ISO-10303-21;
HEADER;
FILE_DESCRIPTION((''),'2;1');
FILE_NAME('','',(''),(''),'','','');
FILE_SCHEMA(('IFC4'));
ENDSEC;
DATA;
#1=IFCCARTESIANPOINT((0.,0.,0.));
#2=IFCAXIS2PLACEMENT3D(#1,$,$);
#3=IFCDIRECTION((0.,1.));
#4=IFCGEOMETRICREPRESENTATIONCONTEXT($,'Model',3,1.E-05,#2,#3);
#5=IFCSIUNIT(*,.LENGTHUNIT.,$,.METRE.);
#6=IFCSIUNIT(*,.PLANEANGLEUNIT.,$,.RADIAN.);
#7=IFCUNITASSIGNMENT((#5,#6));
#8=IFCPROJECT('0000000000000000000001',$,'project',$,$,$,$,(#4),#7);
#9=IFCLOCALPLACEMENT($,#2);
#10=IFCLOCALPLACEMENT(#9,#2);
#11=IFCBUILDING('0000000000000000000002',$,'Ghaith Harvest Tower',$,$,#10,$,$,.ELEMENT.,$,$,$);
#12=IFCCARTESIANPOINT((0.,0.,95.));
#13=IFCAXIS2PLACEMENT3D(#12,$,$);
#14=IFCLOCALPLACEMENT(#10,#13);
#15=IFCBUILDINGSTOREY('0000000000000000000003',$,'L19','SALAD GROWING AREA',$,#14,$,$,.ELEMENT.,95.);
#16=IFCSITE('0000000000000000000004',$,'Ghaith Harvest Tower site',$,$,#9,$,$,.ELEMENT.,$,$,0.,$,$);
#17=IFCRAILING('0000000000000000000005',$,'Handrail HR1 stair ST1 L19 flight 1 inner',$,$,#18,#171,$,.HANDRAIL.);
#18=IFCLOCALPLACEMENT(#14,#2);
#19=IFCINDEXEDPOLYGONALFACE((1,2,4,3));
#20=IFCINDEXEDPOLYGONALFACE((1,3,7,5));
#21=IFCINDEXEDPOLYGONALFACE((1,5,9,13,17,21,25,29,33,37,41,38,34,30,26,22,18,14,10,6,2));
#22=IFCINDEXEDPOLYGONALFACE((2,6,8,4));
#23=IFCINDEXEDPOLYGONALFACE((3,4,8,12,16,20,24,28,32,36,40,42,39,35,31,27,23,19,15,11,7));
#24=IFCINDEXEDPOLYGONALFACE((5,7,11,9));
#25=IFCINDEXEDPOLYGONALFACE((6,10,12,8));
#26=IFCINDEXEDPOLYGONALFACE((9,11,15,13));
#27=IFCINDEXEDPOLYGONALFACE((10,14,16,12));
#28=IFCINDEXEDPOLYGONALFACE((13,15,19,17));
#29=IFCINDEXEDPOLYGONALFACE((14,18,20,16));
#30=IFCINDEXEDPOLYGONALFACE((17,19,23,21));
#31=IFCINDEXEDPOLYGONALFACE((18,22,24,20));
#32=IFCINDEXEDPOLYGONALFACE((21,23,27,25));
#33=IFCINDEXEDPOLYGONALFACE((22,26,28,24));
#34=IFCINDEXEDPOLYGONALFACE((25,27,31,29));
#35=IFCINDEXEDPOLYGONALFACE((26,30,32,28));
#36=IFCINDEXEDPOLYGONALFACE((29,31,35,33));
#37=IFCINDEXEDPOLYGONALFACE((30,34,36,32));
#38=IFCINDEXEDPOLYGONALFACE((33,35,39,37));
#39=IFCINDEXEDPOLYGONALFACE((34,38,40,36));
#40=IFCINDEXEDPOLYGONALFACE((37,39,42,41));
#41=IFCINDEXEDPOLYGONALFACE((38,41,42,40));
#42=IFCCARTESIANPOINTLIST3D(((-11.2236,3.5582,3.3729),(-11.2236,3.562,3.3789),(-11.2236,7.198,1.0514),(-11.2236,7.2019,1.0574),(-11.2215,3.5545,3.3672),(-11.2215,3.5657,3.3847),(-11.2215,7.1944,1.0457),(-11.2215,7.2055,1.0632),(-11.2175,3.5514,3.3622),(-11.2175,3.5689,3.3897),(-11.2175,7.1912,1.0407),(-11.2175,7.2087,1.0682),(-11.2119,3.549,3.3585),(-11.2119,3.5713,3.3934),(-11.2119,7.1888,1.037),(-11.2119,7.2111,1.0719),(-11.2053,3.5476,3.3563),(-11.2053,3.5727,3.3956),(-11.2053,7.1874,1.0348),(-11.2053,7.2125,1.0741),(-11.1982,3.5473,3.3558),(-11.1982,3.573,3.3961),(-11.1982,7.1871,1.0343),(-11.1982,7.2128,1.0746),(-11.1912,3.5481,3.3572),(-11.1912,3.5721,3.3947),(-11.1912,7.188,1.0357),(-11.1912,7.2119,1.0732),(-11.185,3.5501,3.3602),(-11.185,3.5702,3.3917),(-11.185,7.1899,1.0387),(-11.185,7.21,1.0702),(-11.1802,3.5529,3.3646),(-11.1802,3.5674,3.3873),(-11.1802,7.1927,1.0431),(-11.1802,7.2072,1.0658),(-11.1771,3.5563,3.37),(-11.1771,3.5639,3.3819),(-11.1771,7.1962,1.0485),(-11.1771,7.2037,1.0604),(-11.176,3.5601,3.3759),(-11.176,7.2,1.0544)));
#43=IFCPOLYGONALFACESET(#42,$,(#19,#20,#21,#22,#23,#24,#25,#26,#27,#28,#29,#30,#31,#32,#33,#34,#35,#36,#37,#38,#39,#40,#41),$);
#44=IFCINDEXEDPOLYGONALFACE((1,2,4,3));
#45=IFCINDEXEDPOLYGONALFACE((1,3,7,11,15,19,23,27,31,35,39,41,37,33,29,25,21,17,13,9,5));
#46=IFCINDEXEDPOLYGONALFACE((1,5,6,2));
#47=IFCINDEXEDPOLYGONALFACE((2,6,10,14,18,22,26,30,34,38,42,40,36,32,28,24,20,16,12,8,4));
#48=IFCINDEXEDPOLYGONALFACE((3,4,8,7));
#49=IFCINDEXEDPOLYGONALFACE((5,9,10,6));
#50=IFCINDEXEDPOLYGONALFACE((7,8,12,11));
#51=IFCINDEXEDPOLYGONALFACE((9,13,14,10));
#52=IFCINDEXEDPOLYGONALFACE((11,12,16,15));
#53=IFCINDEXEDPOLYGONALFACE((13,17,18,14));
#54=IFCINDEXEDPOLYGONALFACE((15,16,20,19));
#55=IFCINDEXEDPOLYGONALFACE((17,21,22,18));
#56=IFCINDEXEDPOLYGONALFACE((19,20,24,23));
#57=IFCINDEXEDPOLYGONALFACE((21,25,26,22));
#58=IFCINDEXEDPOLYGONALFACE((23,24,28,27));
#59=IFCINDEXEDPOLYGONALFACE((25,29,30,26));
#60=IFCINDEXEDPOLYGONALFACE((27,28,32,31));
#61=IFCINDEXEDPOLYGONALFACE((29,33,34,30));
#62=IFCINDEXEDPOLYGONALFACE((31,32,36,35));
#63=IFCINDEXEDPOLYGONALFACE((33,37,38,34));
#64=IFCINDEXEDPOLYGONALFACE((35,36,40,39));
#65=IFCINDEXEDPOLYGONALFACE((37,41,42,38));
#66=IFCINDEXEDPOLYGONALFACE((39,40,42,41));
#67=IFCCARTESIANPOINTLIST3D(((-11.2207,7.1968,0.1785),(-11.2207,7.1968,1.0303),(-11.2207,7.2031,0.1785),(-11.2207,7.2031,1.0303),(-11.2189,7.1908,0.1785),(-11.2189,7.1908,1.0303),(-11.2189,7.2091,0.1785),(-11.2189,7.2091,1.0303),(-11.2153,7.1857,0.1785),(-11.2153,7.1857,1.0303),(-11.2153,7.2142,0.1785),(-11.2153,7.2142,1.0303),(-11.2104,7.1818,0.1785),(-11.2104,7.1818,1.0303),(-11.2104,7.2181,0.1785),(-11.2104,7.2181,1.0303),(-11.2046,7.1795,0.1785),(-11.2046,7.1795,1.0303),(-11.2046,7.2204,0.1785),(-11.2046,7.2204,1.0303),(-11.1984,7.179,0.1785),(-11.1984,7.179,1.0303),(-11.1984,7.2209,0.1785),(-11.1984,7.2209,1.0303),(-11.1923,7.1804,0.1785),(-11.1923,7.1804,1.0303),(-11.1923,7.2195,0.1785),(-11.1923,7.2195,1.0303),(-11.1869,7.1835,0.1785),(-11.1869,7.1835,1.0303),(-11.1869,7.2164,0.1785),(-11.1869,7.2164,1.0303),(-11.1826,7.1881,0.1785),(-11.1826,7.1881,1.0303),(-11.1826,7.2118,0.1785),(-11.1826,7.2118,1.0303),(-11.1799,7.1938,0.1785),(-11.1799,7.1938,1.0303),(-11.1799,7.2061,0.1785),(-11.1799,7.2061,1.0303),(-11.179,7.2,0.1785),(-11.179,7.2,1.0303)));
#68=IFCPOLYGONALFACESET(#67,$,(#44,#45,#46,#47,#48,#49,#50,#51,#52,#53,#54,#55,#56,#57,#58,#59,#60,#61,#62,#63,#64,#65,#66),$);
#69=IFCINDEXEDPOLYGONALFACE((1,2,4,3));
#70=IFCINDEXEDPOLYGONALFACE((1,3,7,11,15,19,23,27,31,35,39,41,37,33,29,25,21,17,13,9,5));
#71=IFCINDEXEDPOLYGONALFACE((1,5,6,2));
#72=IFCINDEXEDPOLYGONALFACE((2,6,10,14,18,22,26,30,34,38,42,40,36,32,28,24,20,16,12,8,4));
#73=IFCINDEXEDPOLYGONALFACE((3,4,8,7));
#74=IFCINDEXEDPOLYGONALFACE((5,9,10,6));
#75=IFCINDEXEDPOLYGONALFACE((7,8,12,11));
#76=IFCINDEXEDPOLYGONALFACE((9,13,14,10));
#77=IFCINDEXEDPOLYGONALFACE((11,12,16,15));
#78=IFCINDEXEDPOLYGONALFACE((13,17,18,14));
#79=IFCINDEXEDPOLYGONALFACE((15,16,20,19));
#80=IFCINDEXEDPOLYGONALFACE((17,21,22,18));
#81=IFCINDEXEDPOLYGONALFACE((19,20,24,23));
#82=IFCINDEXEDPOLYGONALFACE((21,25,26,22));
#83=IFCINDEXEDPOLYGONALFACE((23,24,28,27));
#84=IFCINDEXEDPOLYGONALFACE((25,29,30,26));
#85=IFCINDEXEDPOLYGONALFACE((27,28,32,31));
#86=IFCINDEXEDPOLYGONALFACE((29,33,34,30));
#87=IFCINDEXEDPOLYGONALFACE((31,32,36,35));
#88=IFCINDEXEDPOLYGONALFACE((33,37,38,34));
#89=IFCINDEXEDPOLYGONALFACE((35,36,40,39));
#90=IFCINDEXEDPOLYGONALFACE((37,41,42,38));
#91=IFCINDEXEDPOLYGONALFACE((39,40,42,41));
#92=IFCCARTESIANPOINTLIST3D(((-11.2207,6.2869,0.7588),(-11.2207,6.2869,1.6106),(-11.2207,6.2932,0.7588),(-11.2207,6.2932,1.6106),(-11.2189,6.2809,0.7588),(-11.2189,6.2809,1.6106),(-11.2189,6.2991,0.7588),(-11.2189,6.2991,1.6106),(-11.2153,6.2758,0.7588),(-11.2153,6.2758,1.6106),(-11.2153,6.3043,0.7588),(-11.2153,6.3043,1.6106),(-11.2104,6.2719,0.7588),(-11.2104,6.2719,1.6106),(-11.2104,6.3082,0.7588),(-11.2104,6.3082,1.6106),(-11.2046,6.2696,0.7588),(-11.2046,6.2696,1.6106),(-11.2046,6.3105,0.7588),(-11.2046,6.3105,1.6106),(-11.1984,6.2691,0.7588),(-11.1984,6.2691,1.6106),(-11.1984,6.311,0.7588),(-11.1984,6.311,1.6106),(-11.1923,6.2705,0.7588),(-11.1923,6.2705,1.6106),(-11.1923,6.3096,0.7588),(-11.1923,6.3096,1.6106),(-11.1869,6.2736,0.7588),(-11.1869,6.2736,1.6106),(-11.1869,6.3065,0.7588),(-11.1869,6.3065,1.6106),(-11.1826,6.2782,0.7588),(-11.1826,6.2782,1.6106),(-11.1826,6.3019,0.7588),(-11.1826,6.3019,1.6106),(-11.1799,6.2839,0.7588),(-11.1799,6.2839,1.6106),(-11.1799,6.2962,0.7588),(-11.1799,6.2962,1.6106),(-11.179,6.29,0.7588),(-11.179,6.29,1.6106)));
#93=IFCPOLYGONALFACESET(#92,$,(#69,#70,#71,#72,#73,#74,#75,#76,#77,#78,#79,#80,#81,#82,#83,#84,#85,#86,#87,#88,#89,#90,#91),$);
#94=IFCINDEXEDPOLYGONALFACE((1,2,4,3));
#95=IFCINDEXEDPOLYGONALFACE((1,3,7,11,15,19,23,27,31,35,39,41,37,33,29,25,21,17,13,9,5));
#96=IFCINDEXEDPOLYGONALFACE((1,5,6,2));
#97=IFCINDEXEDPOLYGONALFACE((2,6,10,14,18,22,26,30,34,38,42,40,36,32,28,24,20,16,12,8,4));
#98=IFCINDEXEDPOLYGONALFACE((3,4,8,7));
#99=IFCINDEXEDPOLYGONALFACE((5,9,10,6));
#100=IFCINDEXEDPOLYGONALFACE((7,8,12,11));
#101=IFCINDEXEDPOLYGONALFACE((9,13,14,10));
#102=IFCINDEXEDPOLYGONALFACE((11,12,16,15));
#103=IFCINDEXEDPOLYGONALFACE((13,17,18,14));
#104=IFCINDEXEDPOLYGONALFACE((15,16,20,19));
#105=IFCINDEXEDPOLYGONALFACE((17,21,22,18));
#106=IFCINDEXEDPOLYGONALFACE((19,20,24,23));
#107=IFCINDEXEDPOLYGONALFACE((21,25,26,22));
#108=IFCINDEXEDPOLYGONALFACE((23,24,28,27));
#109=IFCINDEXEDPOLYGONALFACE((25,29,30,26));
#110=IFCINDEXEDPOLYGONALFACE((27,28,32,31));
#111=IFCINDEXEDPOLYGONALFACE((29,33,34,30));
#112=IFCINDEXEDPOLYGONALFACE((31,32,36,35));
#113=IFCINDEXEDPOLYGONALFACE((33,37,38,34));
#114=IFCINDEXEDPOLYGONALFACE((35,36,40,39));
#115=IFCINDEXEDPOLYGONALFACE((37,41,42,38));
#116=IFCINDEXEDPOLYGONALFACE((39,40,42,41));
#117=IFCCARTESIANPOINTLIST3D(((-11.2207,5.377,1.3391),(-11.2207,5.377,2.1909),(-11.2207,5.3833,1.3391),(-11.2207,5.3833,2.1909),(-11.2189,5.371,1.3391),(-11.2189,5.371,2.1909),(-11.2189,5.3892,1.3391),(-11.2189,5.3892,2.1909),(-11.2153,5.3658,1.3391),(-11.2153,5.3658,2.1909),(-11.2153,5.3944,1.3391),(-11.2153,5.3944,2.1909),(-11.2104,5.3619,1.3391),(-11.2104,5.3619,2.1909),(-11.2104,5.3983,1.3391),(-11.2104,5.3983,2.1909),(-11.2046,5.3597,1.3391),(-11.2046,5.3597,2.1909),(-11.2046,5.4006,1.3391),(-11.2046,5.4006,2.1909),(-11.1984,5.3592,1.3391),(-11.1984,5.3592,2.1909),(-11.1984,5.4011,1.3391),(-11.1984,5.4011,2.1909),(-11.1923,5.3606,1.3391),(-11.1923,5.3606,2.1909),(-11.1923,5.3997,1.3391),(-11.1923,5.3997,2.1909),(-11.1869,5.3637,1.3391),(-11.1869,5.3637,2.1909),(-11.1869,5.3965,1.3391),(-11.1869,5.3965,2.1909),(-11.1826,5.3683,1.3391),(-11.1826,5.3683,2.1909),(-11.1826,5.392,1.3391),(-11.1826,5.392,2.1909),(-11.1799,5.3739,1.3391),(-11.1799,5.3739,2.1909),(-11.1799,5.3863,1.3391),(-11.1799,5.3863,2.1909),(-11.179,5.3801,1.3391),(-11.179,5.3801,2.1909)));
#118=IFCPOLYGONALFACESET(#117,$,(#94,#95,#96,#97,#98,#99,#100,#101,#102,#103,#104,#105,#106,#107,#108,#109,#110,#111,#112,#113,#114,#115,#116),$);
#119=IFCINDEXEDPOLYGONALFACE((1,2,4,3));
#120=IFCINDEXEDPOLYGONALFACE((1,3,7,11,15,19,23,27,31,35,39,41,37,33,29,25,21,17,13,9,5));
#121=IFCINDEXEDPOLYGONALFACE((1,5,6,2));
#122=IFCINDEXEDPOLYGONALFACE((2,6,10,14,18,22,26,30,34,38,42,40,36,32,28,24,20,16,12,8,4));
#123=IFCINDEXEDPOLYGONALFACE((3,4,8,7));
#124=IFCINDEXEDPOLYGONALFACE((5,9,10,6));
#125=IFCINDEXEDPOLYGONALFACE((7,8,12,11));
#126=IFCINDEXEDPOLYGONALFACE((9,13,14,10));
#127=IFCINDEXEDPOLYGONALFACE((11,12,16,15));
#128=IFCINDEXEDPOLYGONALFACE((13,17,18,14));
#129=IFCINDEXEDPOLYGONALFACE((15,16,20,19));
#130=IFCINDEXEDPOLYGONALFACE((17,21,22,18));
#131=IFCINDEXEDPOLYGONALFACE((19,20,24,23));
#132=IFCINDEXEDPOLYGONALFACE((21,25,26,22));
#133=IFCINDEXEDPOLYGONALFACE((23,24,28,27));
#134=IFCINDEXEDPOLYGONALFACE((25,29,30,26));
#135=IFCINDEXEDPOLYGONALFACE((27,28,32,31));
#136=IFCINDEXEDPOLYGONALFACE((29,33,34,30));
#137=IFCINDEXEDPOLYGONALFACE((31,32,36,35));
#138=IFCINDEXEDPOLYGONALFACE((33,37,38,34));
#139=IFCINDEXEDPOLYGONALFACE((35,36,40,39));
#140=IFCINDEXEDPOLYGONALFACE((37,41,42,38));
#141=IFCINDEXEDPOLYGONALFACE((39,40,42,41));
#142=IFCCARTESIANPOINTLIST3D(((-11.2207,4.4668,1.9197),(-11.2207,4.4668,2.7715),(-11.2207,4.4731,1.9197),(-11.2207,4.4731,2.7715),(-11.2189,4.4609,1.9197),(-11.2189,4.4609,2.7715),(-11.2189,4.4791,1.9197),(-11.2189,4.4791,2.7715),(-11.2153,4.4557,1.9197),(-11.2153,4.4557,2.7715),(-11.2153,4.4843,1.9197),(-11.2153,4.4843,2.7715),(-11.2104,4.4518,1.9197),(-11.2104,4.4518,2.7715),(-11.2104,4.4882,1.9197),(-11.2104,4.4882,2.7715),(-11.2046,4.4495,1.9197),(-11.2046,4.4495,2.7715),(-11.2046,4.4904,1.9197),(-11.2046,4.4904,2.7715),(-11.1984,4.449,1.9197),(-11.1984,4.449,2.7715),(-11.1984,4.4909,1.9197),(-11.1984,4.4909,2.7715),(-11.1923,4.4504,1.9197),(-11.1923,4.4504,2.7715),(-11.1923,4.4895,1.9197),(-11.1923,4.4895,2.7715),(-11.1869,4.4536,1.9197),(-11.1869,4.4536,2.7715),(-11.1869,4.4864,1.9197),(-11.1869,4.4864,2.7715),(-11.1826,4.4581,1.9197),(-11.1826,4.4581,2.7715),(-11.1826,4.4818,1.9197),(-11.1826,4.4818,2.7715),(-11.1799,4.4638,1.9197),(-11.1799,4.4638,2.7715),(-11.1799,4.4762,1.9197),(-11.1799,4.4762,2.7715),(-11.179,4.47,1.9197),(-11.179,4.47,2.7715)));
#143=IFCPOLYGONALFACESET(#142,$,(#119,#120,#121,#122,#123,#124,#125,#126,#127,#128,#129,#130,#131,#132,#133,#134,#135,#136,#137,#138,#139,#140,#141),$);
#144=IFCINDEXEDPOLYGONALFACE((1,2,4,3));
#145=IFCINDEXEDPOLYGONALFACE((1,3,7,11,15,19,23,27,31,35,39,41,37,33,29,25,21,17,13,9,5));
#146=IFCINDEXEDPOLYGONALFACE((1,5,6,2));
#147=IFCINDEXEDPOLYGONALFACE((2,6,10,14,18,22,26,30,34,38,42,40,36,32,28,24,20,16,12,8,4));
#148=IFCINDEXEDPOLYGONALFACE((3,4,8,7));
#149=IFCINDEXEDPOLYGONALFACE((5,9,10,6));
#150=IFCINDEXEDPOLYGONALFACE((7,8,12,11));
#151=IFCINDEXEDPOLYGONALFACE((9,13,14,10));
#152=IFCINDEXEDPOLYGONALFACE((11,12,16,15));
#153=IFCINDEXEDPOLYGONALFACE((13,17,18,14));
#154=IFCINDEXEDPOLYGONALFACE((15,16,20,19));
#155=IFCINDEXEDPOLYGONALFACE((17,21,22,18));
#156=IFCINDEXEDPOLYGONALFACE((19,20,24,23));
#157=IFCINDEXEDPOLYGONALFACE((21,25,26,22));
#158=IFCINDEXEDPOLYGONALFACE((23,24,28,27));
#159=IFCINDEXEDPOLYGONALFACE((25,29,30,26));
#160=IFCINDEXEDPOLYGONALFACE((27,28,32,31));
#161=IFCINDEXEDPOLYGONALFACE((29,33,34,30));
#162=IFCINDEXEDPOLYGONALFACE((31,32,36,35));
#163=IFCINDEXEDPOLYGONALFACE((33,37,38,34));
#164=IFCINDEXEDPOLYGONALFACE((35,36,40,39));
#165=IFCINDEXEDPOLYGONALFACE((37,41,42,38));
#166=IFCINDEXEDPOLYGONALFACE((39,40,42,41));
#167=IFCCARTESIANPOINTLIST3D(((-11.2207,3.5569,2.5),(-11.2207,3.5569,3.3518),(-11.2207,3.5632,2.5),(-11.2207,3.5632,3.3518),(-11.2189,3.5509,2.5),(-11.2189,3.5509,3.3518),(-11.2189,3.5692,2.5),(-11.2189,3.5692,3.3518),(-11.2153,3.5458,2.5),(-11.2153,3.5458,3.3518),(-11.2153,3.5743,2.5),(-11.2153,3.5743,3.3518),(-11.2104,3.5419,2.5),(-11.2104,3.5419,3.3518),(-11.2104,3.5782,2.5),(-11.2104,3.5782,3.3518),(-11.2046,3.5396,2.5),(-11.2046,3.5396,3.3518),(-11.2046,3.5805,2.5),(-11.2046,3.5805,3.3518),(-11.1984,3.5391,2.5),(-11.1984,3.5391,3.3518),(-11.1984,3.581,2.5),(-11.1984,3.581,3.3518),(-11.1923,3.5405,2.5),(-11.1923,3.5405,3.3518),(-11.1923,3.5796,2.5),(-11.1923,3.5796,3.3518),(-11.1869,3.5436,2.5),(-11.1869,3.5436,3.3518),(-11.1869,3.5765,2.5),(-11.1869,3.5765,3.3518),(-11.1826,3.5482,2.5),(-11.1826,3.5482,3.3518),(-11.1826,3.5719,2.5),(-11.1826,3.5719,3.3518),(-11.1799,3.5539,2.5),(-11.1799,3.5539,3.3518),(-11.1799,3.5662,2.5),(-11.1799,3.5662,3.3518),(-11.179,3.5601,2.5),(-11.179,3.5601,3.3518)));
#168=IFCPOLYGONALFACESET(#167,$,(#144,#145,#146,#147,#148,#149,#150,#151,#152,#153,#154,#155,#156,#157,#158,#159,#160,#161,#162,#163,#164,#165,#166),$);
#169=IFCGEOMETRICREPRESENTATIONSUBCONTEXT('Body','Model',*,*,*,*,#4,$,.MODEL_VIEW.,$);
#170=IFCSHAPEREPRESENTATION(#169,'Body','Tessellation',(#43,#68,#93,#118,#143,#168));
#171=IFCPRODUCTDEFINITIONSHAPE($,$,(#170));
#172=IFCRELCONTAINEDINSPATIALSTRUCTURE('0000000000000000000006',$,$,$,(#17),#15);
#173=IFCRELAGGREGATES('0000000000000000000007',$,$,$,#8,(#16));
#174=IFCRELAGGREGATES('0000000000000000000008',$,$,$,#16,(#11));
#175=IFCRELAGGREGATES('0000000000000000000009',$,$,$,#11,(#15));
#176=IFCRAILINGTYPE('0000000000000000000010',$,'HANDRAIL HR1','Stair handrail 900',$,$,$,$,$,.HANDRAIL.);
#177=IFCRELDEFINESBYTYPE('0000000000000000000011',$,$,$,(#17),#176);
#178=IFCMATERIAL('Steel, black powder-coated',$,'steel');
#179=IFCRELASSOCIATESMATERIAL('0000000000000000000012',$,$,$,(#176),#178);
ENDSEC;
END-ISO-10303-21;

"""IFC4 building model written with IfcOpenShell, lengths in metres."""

from ifc_helpers import new_model, si_unit, direction, frame, origin, origin_2d, place, context, subcontext, project, spatial, circle, extrude, material, type_object, element, save


model = new_model("IFC4")

# Units and contexts
model_context = context("Model", 3, precision=1e-05, world=origin(), true_north=direction((0.0, 1.0)))
body_context = subcontext(model_context, "Body", "Model", "MODEL_VIEW")
ifc_project = project(units=[si_unit("LENGTHUNIT", "METRE"), si_unit("PLANEANGLEUNIT", "RADIAN")], contexts=[model_context])

# Site, building, storey
site_placement = place(None, origin())
site = spatial("IfcSite", under=ifc_project, at=site_placement, Name="Ghaith Harvest Tower site", CompositionType="ELEMENT", RefElevation=0.0)
building_placement = place(site_placement, origin())
building = spatial("IfcBuilding", under=site, at=building_placement, Name="Ghaith Harvest Tower", CompositionType="ELEMENT")
storey_placement = place(building_placement, frame((0.0, 0.0, 95.0)))
storey = spatial("IfcBuildingStorey", under=building, at=storey_placement, Name="L19", Description="SALAD GROWING AREA", CompositionType="ELEMENT", Elevation=95.0)

# Railing
ifc_material_1 = material(Name="Steel, black powder-coated", Category="steel")
railing_type = type_object("IfcRailingType", Name="HANDRAIL HR1", Description="Stair handrail 900", PredefinedType="HANDRAIL", material=ifc_material_1)
railing_1_placement = place(storey_placement, frame((-11.2, 7.2, 0.1785)))
element("IfcRailing", 1, at=railing_1_placement, inside=storey, type_object=railing_type, Name="Handrail HR1 stair ST1 L19 flight 1 inner", PredefinedType="HANDRAIL", context=body_context, shape_type="SweptSolid", body=[
    extrude(circle(Radius=0.0239, at=origin_2d()), frame((0.0, 0.0, 0.876), z_axis=(0.0, -0.843112, 0.537739), x_axis=(1.0, 0.0, 0.0)), (0.0, 0.0, 1.0), 4.3171),
    extrude(circle(Radius=0.021, at=origin_2d()), origin(), (0.0, 0.0, 1.0), 0.8518),
    extrude(circle(Radius=0.021, at=origin_2d()), frame((0.0, -0.9099, 0.5803)), (0.0, 0.0, 1.0), 0.8518),
    extrude(circle(Radius=0.021, at=origin_2d()), frame((0.0, -1.8198, 1.1606)), (0.0, 0.0, 1.0), 0.8518),
    extrude(circle(Radius=0.021, at=origin_2d()), frame((0.0, -2.73, 1.7412)), (0.0, 0.0, 1.0), 0.8518),
    extrude(circle(Radius=0.021, at=origin_2d()), frame((0.0, -3.6399, 2.3215)), (0.0, 0.0, 1.0), 0.8518),
])

save(model, "model.ifc")
